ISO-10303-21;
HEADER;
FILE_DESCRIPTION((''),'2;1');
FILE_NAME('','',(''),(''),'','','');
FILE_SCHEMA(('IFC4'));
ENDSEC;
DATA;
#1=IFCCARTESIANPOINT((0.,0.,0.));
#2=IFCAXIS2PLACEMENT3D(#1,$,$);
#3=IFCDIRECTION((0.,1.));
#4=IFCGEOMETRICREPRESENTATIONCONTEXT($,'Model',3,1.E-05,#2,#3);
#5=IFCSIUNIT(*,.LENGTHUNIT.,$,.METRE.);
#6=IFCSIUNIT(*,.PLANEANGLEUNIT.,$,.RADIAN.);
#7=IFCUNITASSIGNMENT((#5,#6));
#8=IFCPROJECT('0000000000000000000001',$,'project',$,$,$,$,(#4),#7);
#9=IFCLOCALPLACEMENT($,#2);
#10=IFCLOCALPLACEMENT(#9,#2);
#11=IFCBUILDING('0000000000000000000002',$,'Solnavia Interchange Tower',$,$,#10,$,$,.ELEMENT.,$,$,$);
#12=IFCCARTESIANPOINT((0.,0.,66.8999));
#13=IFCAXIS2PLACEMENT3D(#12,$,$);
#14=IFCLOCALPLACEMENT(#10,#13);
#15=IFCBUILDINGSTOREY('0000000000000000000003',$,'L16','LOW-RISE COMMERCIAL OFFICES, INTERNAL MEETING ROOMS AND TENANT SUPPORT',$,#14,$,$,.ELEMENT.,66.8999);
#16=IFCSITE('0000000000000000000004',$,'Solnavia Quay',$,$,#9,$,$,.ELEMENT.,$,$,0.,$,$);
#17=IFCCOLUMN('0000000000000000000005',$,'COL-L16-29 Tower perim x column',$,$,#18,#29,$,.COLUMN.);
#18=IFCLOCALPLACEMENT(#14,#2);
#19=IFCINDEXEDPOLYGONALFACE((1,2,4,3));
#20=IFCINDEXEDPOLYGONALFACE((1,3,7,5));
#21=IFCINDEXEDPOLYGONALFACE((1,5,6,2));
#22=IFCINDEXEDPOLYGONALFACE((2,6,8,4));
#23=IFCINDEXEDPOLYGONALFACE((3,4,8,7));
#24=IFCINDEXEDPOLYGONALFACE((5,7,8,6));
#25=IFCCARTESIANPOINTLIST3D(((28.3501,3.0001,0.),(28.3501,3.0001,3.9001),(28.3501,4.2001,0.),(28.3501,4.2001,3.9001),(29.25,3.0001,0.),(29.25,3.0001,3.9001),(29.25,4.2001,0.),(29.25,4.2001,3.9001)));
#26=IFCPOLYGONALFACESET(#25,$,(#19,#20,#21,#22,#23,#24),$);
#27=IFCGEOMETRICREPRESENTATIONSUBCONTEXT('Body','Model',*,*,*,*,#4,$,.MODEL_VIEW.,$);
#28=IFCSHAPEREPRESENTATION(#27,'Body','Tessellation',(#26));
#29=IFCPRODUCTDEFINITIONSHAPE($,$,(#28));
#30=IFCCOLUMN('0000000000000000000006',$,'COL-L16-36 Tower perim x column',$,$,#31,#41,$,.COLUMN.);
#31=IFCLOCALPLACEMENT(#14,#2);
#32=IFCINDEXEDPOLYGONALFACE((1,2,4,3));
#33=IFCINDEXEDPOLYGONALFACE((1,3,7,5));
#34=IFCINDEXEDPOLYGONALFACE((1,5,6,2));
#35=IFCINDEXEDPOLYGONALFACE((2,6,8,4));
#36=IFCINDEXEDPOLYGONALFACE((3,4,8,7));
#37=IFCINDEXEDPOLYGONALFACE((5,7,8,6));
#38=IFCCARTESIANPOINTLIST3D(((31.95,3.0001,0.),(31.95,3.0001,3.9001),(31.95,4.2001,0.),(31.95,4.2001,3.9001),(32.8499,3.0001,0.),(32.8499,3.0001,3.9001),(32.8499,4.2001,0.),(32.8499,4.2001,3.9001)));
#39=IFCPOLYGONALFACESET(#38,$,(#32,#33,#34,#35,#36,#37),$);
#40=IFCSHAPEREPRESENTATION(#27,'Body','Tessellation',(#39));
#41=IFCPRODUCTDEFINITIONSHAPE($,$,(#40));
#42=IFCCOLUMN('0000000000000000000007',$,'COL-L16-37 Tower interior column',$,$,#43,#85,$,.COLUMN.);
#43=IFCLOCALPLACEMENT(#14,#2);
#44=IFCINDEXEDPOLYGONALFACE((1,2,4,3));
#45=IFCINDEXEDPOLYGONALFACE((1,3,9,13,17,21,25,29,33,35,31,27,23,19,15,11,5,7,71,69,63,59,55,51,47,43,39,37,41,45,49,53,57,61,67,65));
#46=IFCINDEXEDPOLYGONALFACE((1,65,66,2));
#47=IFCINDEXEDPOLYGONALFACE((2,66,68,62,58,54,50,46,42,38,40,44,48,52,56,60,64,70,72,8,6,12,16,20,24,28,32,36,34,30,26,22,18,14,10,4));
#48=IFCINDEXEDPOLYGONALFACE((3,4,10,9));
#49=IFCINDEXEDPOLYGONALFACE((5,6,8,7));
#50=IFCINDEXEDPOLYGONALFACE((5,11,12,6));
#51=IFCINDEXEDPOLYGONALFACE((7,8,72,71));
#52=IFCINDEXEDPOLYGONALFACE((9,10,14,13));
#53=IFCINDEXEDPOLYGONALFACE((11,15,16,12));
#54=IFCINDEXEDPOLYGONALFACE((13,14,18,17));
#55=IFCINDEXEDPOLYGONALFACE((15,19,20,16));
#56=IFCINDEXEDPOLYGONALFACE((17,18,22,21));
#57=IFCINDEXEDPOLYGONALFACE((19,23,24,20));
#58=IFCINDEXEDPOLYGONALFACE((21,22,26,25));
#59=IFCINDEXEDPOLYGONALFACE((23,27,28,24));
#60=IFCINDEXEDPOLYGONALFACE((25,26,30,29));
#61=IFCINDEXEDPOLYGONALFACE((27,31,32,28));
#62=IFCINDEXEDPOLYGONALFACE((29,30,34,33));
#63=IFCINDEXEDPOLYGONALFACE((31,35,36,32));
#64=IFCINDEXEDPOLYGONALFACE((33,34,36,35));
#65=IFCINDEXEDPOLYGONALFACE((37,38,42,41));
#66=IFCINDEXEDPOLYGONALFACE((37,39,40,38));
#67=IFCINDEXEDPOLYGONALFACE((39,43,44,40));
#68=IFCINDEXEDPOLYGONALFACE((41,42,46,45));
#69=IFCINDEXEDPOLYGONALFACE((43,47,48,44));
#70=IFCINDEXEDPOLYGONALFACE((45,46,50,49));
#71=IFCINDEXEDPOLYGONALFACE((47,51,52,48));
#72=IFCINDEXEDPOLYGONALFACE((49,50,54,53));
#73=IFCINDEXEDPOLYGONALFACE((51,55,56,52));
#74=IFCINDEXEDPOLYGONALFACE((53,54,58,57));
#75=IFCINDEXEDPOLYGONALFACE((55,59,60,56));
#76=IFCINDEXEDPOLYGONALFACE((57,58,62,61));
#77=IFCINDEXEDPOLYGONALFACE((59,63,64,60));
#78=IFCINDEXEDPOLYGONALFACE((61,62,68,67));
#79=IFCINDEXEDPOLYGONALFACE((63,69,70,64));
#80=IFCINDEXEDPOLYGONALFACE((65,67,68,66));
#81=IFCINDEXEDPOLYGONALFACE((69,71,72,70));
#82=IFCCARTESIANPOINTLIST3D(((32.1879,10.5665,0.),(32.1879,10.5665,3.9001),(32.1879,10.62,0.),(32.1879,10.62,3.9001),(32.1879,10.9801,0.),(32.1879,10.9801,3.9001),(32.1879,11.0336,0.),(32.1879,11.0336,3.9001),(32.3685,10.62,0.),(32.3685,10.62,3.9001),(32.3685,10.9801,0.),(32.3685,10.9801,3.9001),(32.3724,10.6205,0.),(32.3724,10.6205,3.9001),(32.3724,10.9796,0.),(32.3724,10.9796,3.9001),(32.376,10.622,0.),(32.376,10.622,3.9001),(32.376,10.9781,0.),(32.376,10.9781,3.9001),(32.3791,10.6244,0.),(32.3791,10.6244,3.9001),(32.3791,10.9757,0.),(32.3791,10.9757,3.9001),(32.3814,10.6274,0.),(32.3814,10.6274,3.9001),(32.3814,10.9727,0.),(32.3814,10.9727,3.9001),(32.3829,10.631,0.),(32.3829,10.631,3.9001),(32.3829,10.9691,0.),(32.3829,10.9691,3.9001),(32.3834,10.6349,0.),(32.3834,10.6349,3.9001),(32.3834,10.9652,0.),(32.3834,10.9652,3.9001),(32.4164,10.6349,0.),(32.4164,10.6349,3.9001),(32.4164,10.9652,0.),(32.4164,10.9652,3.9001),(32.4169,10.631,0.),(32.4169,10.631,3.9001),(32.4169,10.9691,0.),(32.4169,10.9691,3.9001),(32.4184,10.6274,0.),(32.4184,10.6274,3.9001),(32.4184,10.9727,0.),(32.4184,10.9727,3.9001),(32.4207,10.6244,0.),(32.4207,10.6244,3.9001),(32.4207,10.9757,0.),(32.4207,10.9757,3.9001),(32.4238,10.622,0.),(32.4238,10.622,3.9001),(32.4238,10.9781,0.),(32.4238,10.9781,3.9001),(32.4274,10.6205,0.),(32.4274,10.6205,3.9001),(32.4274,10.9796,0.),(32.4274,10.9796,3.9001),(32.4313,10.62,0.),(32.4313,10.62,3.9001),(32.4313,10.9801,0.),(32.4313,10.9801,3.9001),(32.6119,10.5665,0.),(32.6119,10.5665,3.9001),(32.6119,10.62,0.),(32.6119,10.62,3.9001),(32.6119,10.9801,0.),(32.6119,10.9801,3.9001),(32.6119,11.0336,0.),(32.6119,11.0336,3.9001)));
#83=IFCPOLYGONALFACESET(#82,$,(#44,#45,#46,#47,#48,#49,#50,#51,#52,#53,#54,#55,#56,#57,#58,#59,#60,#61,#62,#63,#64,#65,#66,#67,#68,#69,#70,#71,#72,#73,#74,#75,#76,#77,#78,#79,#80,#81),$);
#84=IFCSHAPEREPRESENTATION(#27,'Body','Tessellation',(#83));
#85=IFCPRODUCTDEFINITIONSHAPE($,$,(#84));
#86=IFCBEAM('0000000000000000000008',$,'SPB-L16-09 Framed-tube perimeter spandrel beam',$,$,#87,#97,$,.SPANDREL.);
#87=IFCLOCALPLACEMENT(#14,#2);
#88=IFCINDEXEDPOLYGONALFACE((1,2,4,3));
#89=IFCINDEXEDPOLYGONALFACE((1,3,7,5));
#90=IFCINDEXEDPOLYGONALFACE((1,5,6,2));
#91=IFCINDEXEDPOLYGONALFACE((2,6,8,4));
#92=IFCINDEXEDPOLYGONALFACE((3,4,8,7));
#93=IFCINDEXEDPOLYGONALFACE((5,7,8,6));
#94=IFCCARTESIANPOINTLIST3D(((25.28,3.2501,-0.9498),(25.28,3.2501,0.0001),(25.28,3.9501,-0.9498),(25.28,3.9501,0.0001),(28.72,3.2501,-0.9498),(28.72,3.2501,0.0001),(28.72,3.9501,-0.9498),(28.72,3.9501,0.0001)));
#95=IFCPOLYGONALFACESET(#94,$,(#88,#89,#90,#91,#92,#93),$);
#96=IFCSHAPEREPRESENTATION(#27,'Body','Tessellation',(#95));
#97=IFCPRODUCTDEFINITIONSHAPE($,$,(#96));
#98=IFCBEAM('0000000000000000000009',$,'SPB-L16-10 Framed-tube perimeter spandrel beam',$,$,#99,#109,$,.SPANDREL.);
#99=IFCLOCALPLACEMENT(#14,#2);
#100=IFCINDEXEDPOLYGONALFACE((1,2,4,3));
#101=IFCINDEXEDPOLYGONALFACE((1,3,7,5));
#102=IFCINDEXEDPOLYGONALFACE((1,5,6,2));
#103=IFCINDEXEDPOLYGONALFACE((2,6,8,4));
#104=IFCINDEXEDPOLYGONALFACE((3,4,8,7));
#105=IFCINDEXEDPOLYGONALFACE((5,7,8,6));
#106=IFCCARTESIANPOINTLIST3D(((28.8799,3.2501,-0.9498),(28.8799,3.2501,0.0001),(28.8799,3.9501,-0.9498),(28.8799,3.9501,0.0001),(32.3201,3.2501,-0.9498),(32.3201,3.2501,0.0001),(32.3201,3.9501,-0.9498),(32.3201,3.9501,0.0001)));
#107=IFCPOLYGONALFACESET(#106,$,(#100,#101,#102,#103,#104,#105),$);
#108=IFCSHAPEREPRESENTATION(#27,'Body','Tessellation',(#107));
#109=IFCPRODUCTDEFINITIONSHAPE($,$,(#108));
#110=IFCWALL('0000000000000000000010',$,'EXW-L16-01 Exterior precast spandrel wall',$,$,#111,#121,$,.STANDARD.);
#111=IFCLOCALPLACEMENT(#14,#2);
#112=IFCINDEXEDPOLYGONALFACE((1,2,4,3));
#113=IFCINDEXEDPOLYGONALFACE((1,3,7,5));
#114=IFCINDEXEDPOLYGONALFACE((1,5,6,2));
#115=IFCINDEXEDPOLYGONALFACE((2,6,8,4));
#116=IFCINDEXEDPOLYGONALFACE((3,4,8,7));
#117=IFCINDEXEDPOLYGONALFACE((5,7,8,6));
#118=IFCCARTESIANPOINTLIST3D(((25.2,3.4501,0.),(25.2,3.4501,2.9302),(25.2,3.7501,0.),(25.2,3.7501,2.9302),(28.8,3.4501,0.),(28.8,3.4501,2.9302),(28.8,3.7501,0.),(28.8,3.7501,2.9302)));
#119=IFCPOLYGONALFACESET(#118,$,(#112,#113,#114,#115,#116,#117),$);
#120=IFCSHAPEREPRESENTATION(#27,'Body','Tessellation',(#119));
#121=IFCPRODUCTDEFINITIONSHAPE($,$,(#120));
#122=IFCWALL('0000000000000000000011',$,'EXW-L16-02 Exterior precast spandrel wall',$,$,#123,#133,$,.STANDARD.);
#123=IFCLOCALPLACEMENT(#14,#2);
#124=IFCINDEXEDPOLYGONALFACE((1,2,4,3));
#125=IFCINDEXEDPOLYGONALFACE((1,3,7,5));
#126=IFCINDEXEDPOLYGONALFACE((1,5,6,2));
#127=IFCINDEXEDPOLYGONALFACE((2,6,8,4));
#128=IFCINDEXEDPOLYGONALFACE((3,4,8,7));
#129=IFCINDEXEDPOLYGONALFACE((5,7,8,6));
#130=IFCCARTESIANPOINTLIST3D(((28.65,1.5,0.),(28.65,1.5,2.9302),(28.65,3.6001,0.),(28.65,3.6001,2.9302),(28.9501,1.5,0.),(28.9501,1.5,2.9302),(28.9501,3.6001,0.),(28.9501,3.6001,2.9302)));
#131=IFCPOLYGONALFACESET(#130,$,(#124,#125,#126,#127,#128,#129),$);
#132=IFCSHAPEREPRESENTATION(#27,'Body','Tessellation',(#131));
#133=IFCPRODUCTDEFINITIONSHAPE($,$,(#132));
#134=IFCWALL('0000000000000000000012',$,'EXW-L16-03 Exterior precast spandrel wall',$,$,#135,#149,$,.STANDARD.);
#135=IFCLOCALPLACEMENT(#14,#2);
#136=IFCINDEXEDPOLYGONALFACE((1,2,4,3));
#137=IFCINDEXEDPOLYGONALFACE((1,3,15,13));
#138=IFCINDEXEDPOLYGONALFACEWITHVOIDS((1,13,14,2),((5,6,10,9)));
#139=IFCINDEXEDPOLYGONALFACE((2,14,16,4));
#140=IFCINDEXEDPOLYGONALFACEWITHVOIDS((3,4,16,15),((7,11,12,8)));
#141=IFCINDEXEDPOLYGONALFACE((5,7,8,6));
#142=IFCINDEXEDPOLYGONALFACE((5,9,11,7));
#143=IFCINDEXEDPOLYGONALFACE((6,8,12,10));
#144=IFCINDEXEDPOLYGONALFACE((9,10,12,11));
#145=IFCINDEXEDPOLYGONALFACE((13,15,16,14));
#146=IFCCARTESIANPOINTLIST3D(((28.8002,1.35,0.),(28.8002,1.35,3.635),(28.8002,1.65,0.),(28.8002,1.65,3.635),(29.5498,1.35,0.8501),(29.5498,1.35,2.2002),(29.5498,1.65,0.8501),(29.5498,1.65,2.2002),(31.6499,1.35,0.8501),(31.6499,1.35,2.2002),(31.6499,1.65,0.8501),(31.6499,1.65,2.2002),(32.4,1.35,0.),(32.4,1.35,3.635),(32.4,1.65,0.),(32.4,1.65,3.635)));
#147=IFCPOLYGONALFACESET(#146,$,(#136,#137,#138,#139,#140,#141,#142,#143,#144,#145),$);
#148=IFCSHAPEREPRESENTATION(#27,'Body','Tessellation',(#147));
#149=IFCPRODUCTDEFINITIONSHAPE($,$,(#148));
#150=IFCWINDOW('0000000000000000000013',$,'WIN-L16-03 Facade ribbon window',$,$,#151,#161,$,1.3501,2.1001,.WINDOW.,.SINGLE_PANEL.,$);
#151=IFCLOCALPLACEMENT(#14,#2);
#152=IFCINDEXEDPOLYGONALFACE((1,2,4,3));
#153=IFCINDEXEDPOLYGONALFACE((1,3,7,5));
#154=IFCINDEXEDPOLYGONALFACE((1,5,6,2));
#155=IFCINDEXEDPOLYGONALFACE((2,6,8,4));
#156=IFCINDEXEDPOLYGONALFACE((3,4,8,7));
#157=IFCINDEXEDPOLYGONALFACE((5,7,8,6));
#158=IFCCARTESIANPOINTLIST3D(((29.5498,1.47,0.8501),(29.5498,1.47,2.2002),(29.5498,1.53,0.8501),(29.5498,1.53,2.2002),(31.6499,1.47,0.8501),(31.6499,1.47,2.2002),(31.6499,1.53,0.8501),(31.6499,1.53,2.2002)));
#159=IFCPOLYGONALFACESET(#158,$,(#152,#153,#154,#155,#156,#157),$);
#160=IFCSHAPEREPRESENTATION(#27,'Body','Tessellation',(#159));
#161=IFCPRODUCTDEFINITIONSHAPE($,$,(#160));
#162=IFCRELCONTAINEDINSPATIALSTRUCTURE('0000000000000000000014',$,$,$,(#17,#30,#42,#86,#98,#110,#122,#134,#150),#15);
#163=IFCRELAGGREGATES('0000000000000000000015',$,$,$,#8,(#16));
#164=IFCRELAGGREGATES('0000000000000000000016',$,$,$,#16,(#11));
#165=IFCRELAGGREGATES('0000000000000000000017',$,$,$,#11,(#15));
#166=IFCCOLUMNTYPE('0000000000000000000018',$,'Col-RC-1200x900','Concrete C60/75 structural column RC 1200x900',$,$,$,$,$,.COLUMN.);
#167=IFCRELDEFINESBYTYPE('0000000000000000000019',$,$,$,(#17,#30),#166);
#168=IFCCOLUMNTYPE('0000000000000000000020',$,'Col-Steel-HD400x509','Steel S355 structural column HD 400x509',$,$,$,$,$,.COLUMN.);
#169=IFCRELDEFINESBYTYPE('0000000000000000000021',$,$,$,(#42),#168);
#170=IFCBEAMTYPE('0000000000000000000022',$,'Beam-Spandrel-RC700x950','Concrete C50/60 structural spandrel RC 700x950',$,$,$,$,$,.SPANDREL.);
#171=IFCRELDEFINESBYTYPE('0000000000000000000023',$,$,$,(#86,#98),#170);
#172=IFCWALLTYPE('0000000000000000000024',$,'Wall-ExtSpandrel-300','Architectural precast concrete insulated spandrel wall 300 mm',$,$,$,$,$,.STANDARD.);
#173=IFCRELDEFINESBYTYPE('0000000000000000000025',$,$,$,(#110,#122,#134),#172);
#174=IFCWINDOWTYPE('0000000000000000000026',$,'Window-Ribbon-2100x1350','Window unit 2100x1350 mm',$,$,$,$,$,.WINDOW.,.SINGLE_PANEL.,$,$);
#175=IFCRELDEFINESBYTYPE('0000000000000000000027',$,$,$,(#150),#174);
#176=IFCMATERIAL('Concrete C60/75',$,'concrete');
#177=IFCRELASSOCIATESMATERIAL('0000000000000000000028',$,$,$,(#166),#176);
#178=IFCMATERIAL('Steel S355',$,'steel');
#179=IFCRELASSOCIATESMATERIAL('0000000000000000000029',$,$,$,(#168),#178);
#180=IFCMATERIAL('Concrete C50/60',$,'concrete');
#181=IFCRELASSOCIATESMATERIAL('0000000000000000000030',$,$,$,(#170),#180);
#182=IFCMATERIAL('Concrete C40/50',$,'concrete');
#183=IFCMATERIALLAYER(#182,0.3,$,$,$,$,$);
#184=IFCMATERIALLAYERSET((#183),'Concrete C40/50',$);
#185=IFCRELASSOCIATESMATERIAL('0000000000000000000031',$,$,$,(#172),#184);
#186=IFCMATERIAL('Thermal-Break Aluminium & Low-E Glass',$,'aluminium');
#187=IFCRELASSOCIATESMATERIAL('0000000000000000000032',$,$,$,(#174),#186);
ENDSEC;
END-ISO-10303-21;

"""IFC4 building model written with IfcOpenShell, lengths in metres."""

from ifc_helpers import new_model, si_unit, direction, frame, frame_2d, origin, origin_2d, place, context, subcontext, project, spatial, rectangle, i_section, extrude, material, layer, layer_set, material_profile, profile_set, type_object, element, fill, save


model = new_model("IFC4")

# Units and contexts
model_context = context("Model", 3, precision=1e-05, world=origin(), true_north=direction((0.0, 1.0)))
body_context = subcontext(model_context, "Body", "Model", "MODEL_VIEW")
ifc_project = project(units=[si_unit("LENGTHUNIT", "METRE"), si_unit("PLANEANGLEUNIT", "RADIAN")], contexts=[model_context])

# Site, building, storey
site_placement = place(None, origin())
site = spatial("IfcSite", under=ifc_project, at=site_placement, Name="Solnavia Quay", CompositionType="ELEMENT", RefElevation=0.0)
building_placement = place(site_placement, origin())
building = spatial("IfcBuilding", under=site, at=building_placement, Name="Solnavia Interchange Tower", CompositionType="ELEMENT")
storey_placement = place(building_placement, frame((0.0, 0.0, 66.8999)))
storey = spatial("IfcBuildingStorey", under=building, at=storey_placement, Name="L16", Description="LOW-RISE COMMERCIAL OFFICES, INTERNAL MEETING ROOMS AND TENANT SUPPORT", CompositionType="ELEMENT", Elevation=66.8999)

# Columns
ifc_material_1 = material(Name="Concrete C60/75", Category="concrete")
ifc_material_profile_1 = material_profile(ifc_material_1, rectangle(XDim=0.8999, YDim=1.2, at=origin_2d()), Name="RC 1200x900")
ifc_profile_set_1 = profile_set([ifc_material_profile_1], Name="Concrete C60/75")
column_type_1 = type_object("IfcColumnType", Name="Col-RC-1200x900", Description="Concrete C60/75 structural column RC 1200x900", PredefinedType="COLUMN", material=ifc_profile_set_1)
for number, where, z_axis, x_axis, name in (
    (1, (28.8, 3.6001, 0.0), (0.0, 0.0, 1.0), (1.0, 0.0, 0.0), "COL-L16-29 Tower perim x column"),
    (2, (32.3999, 3.6001, 0.0), (0.0, 0.0, 1.0), (1.0, 0.0, 0.0), "COL-L16-36 Tower perim x column"),
):
    element("IfcColumn", number, at=place(storey_placement, frame(where, z_axis=z_axis, x_axis=x_axis)), inside=storey, type_object=column_type_1, Name=name, PredefinedType="COLUMN", context=body_context, shape_type="SweptSolid", body=[
        extrude(rectangle(XDim=0.8999, YDim=1.2, at=origin_2d()), origin(), (0.0, 0.0, 1.0), 3.9001),
    ])
ifc_material_2 = material(Name="Steel S355", Category="steel")
ifc_material_profile_2 = material_profile(ifc_material_2, i_section(OverallWidth=0.4241, OverallDepth=0.467, WebThickness=0.033, FlangeThickness=0.0535, FilletRadius=0.0149, at=origin_2d()), Name="HD 400x509")
ifc_profile_set_2 = profile_set([ifc_material_profile_2], Name="Steel S355")
column_type_2 = type_object("IfcColumnType", Name="Col-Steel-HD400x509", Description="Steel S355 structural column HD 400x509", PredefinedType="COLUMN", material=ifc_profile_set_2)
column_placement = place(storey_placement, frame((32.3999, 10.8, 0.0), z_axis=(0.0, 0.0, 1.0), x_axis=(1.0, 0.0, 0.0)))
element("IfcColumn", 3, at=column_placement, inside=storey, type_object=column_type_2, Name="COL-L16-37 Tower interior column", PredefinedType="COLUMN", context=body_context, shape_type="SweptSolid", body=[
    extrude(i_section(OverallWidth=0.4241, OverallDepth=0.467, WebThickness=0.033, FlangeThickness=0.0535, FilletRadius=0.0149, at=origin_2d()), origin(), (0.0, 0.0, 1.0), 3.9001),
])

# Beams
ifc_material_3 = material(Name="Concrete C50/60", Category="concrete")
ifc_material_profile_3 = material_profile(ifc_material_3, rectangle(XDim=0.7, YDim=0.95, at=origin_2d()), Name="RC 700x950")
ifc_profile_set_3 = profile_set([ifc_material_profile_3], Name="Concrete C50/60")
beam_type = type_object("IfcBeamType", Name="Beam-Spandrel-RC700x950", Description="Concrete C50/60 structural spandrel RC 700x950", PredefinedType="SPANDREL", material=ifc_profile_set_3)
beam_1_placement = place(storey_placement, frame((25.28, 3.6001, -0.4749), z_axis=(1.0, 0.0, 0.0), x_axis=(0.0, 1.0, 0.0)))
element("IfcBeam", 4, at=beam_1_placement, inside=storey, type_object=beam_type, Name="SPB-L16-09 Framed-tube perimeter spandrel beam", PredefinedType="SPANDREL", context=body_context, shape_type="SweptSolid", body=[
    extrude(rectangle(XDim=0.7, YDim=0.95, at=origin_2d()), origin(), (0.0, 0.0, 1.0), 3.4399),
])
beam_2_placement = place(storey_placement, frame((28.8799, 3.6001, -0.4749), z_axis=(1.0, 0.0, 0.0), x_axis=(0.0, 1.0, 0.0)))
element("IfcBeam", 5, at=beam_2_placement, inside=storey, type_object=beam_type, Name="SPB-L16-10 Framed-tube perimeter spandrel beam", PredefinedType="SPANDREL", context=body_context, shape_type="SweptSolid", body=[
    extrude(rectangle(XDim=0.7, YDim=0.95, at=origin_2d()), origin(), (0.0, 0.0, 1.0), 3.4402),
])

# Walls
ifc_material_4 = material(Name="Concrete C40/50", Category="concrete")
ifc_layer_1 = layer(ifc_material_4, 0.3)
ifc_layer_set_1 = layer_set([ifc_layer_1], Name="Concrete C40/50")
wall_type_1 = type_object("IfcWallType", Name="Wall-ExtSpandrel-300", Description="Architectural precast concrete insulated spandrel wall 300 mm", PredefinedType="STANDARD", material=ifc_layer_set_1)
wall_1_placement = place(storey_placement, frame((28.8, 3.6001, 0.0), z_axis=(0.0, 0.0, 1.0), x_axis=(-1.0, 0.0, 0.0)))
element("IfcWall", 6, at=wall_1_placement, inside=storey, type_object=wall_type_1, Name="EXW-L16-01 Exterior precast spandrel wall", PredefinedType="STANDARD", context=body_context, shape_type="SweptSolid", body=[
    extrude(rectangle(XDim=3.6001, YDim=0.3, at=frame_2d((1.8, 0.0))), origin(), (0.0, 0.0, 1.0), 2.9302),
])
wall_2_placement = place(storey_placement, frame((28.8, 1.5, 0.0), z_axis=(0.0, 0.0, 1.0), x_axis=(0.0, 1.0, 0.0)))
element("IfcWall", 7, at=wall_2_placement, inside=storey, type_object=wall_type_1, Name="EXW-L16-02 Exterior precast spandrel wall", PredefinedType="STANDARD", context=body_context, shape_type="SweptSolid", body=[
    extrude(rectangle(XDim=2.1001, YDim=0.3, at=frame_2d((1.05, 0.0))), origin(), (0.0, 0.0, 1.0), 2.9302),
])

# Wall, opening, window
wall_3_placement = place(storey_placement, frame((32.3999, 1.5, 0.0), z_axis=(0.0, 0.0, 1.0), x_axis=(-1.0, 0.0, 0.0)))
wall_3 = element("IfcWall", 8, at=wall_3_placement, inside=storey, type_object=wall_type_1, Name="EXW-L16-03 Exterior precast spandrel wall", PredefinedType="STANDARD", context=body_context, shape_type="SweptSolid", body=[
    extrude(rectangle(XDim=3.5999, YDim=0.3, at=frame_2d((1.7998, 0.0))), origin(), (0.0, 0.0, 1.0), 3.635),
])
opening_1_placement = place(wall_3_placement, frame((0.75, 0.0, 0.8501)))
opening_1 = element("IfcOpeningElement", 9, at=opening_1_placement, cuts=wall_3, PredefinedType="OPENING", context=body_context, shape_type="SweptSolid", body=[
    extrude(rectangle(XDim=2.1001, YDim=1.3501, at=frame_2d((1.05, 0.675))), frame((0.0, 0.1602, 0.0), z_axis=(0.0, -1.0, 0.0), x_axis=(1.0, 0.0, 0.0)), (0.0, 0.0, 1.0), 0.3201),
])
ifc_material_5 = material(Name="Thermal-Break Aluminium & Low-E Glass", Category="aluminium")
window_type_1 = type_object("IfcWindowType", Name="Window-Ribbon-2100x1350", Description="Window unit 2100x1350 mm", PartitioningType="SINGLE_PANEL", PredefinedType="WINDOW", material=ifc_material_5)
window_1_placement = place(opening_1_placement, origin())
window_1 = element("IfcWindow", 10, at=window_1_placement, inside=storey, type_object=window_type_1, Name="WIN-L16-03 Facade ribbon window", OverallHeight=1.3501, OverallWidth=2.1001, PartitioningType="SINGLE_PANEL", PredefinedType="WINDOW", context=body_context, shape_type="SweptSolid", body=[
    extrude(rectangle(XDim=2.1001, YDim=1.3501, at=frame_2d((1.05, 0.675))), frame((0.0, 0.03, 0.0), z_axis=(0.0, -1.0, 0.0), x_axis=(1.0, 0.0, 0.0)), (0.0, 0.0, 1.0), 0.0601),
])
fill(opening_1, window_1)

save(model, "model.ifc")
